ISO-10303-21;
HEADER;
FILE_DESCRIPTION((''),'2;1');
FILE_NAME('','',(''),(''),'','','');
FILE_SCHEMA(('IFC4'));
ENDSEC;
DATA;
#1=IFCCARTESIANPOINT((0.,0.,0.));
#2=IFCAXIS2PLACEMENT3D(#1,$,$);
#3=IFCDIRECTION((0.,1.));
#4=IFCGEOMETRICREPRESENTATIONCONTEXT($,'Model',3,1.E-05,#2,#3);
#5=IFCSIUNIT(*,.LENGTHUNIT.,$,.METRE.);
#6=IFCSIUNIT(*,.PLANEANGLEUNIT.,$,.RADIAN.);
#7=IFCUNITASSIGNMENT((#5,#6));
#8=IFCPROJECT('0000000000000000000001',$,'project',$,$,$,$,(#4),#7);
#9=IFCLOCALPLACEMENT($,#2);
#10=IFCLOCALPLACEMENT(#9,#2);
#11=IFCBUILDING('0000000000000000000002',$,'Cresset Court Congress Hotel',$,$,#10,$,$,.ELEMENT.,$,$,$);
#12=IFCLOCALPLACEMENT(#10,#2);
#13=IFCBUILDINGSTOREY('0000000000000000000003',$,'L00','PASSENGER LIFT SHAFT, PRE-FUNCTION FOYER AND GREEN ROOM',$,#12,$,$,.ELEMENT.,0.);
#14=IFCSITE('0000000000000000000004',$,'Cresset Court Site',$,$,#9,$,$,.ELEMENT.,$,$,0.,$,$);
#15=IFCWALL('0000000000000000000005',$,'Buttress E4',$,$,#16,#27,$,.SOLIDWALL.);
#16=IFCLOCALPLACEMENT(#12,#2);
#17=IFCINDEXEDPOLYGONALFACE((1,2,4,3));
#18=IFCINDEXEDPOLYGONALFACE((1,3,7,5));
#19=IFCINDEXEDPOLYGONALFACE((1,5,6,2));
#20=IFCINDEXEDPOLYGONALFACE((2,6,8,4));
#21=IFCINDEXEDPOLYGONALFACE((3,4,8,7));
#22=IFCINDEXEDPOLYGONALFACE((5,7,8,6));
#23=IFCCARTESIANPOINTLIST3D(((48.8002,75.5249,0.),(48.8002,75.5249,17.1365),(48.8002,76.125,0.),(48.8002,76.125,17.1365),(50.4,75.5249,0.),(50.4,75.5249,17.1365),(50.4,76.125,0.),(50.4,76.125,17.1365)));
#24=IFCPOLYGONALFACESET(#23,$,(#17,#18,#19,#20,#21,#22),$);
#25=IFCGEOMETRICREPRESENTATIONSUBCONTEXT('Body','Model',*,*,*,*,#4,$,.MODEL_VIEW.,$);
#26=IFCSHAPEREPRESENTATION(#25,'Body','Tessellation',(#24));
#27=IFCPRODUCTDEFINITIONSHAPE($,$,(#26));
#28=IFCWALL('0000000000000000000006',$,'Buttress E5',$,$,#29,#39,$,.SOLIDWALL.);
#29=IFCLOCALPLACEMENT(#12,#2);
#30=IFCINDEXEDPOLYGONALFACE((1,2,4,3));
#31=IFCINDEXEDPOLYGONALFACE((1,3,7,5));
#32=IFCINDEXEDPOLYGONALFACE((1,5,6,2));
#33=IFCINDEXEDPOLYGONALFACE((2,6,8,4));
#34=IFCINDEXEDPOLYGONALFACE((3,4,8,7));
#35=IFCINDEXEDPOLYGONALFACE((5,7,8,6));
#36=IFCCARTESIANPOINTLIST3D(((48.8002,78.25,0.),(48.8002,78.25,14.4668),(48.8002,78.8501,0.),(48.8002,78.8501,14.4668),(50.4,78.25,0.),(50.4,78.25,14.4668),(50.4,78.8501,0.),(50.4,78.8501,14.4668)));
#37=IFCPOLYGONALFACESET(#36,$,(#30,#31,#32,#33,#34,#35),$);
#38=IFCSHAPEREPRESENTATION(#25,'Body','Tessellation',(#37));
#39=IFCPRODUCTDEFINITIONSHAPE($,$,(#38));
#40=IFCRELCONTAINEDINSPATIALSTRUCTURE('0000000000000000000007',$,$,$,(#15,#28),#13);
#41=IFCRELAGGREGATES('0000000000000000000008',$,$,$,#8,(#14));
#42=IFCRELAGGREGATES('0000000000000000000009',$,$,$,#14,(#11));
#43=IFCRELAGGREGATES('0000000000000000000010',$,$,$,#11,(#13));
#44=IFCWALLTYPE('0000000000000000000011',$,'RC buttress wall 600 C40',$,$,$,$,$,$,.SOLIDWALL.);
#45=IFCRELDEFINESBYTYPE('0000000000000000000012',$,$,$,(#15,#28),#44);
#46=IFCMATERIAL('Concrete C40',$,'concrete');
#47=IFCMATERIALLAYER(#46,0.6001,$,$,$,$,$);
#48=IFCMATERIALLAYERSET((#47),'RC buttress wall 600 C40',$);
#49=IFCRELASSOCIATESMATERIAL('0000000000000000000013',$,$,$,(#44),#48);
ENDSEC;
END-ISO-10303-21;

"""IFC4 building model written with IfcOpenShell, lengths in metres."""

from ifc_helpers import new_model, si_unit, direction, frame, frame_2d, origin, place, context, subcontext, project, spatial, rectangle, extrude, material, layer, layer_set, type_object, element, save


model = new_model("IFC4")

# Units and contexts
model_context = context("Model", 3, precision=1e-05, world=origin(), true_north=direction((0.0, 1.0)))
body_context = subcontext(model_context, "Body", "Model", "MODEL_VIEW")
ifc_project = project(units=[si_unit("LENGTHUNIT", "METRE"), si_unit("PLANEANGLEUNIT", "RADIAN")], contexts=[model_context])

# Site, building, storey
site_placement = place(None, origin())
site = spatial("IfcSite", under=ifc_project, at=site_placement, Name="Cresset Court Site", CompositionType="ELEMENT", RefElevation=0.0)
building_placement = place(site_placement, origin())
building = spatial("IfcBuilding", under=site, at=building_placement, Name="Cresset Court Congress Hotel", CompositionType="ELEMENT")
storey_placement = place(building_placement, origin())
storey = spatial("IfcBuildingStorey", under=building, at=storey_placement, Name="L00", Description="PASSENGER LIFT SHAFT, PRE-FUNCTION FOYER AND GREEN ROOM", CompositionType="ELEMENT", Elevation=0.0)

# Walls
ifc_material_1 = material(Name="Concrete C40", Category="concrete")
ifc_layer_1 = layer(ifc_material_1, 0.6001)
ifc_layer_set_1 = layer_set([ifc_layer_1], Name="RC buttress wall 600 C40")
wall_type_1 = type_object("IfcWallType", Name="RC buttress wall 600 C40", PredefinedType="SOLIDWALL", material=ifc_layer_set_1)
wall_1_placement = place(storey_placement, frame((50.3999, 75.825, 0.0), z_axis=(0.0, 0.0, 1.0), x_axis=(-1.0, 0.0, 0.0)))
element("IfcWall", 1, at=wall_1_placement, inside=storey, type_object=wall_type_1, Name="Buttress E4", PredefinedType="SOLIDWALL", context=body_context, shape_type="SweptSolid", body=[
    extrude(rectangle(XDim=1.5999, YDim=0.6001, at=frame_2d((0.7998, 0.0))), origin(), (0.0, 0.0, 1.0), 17.1365),
])
wall_2_placement = place(storey_placement, frame((50.3999, 78.55, 0.0), z_axis=(0.0, 0.0, 1.0), x_axis=(-1.0, 0.0, 0.0)))
element("IfcWall", 2, at=wall_2_placement, inside=storey, type_object=wall_type_1, Name="Buttress E5", PredefinedType="SOLIDWALL", context=body_context, shape_type="SweptSolid", body=[
    extrude(rectangle(XDim=1.5999, YDim=0.6001, at=frame_2d((0.7998, 0.0))), origin(), (0.0, 0.0, 1.0), 14.4668),
])

save(model, "model.ifc")
